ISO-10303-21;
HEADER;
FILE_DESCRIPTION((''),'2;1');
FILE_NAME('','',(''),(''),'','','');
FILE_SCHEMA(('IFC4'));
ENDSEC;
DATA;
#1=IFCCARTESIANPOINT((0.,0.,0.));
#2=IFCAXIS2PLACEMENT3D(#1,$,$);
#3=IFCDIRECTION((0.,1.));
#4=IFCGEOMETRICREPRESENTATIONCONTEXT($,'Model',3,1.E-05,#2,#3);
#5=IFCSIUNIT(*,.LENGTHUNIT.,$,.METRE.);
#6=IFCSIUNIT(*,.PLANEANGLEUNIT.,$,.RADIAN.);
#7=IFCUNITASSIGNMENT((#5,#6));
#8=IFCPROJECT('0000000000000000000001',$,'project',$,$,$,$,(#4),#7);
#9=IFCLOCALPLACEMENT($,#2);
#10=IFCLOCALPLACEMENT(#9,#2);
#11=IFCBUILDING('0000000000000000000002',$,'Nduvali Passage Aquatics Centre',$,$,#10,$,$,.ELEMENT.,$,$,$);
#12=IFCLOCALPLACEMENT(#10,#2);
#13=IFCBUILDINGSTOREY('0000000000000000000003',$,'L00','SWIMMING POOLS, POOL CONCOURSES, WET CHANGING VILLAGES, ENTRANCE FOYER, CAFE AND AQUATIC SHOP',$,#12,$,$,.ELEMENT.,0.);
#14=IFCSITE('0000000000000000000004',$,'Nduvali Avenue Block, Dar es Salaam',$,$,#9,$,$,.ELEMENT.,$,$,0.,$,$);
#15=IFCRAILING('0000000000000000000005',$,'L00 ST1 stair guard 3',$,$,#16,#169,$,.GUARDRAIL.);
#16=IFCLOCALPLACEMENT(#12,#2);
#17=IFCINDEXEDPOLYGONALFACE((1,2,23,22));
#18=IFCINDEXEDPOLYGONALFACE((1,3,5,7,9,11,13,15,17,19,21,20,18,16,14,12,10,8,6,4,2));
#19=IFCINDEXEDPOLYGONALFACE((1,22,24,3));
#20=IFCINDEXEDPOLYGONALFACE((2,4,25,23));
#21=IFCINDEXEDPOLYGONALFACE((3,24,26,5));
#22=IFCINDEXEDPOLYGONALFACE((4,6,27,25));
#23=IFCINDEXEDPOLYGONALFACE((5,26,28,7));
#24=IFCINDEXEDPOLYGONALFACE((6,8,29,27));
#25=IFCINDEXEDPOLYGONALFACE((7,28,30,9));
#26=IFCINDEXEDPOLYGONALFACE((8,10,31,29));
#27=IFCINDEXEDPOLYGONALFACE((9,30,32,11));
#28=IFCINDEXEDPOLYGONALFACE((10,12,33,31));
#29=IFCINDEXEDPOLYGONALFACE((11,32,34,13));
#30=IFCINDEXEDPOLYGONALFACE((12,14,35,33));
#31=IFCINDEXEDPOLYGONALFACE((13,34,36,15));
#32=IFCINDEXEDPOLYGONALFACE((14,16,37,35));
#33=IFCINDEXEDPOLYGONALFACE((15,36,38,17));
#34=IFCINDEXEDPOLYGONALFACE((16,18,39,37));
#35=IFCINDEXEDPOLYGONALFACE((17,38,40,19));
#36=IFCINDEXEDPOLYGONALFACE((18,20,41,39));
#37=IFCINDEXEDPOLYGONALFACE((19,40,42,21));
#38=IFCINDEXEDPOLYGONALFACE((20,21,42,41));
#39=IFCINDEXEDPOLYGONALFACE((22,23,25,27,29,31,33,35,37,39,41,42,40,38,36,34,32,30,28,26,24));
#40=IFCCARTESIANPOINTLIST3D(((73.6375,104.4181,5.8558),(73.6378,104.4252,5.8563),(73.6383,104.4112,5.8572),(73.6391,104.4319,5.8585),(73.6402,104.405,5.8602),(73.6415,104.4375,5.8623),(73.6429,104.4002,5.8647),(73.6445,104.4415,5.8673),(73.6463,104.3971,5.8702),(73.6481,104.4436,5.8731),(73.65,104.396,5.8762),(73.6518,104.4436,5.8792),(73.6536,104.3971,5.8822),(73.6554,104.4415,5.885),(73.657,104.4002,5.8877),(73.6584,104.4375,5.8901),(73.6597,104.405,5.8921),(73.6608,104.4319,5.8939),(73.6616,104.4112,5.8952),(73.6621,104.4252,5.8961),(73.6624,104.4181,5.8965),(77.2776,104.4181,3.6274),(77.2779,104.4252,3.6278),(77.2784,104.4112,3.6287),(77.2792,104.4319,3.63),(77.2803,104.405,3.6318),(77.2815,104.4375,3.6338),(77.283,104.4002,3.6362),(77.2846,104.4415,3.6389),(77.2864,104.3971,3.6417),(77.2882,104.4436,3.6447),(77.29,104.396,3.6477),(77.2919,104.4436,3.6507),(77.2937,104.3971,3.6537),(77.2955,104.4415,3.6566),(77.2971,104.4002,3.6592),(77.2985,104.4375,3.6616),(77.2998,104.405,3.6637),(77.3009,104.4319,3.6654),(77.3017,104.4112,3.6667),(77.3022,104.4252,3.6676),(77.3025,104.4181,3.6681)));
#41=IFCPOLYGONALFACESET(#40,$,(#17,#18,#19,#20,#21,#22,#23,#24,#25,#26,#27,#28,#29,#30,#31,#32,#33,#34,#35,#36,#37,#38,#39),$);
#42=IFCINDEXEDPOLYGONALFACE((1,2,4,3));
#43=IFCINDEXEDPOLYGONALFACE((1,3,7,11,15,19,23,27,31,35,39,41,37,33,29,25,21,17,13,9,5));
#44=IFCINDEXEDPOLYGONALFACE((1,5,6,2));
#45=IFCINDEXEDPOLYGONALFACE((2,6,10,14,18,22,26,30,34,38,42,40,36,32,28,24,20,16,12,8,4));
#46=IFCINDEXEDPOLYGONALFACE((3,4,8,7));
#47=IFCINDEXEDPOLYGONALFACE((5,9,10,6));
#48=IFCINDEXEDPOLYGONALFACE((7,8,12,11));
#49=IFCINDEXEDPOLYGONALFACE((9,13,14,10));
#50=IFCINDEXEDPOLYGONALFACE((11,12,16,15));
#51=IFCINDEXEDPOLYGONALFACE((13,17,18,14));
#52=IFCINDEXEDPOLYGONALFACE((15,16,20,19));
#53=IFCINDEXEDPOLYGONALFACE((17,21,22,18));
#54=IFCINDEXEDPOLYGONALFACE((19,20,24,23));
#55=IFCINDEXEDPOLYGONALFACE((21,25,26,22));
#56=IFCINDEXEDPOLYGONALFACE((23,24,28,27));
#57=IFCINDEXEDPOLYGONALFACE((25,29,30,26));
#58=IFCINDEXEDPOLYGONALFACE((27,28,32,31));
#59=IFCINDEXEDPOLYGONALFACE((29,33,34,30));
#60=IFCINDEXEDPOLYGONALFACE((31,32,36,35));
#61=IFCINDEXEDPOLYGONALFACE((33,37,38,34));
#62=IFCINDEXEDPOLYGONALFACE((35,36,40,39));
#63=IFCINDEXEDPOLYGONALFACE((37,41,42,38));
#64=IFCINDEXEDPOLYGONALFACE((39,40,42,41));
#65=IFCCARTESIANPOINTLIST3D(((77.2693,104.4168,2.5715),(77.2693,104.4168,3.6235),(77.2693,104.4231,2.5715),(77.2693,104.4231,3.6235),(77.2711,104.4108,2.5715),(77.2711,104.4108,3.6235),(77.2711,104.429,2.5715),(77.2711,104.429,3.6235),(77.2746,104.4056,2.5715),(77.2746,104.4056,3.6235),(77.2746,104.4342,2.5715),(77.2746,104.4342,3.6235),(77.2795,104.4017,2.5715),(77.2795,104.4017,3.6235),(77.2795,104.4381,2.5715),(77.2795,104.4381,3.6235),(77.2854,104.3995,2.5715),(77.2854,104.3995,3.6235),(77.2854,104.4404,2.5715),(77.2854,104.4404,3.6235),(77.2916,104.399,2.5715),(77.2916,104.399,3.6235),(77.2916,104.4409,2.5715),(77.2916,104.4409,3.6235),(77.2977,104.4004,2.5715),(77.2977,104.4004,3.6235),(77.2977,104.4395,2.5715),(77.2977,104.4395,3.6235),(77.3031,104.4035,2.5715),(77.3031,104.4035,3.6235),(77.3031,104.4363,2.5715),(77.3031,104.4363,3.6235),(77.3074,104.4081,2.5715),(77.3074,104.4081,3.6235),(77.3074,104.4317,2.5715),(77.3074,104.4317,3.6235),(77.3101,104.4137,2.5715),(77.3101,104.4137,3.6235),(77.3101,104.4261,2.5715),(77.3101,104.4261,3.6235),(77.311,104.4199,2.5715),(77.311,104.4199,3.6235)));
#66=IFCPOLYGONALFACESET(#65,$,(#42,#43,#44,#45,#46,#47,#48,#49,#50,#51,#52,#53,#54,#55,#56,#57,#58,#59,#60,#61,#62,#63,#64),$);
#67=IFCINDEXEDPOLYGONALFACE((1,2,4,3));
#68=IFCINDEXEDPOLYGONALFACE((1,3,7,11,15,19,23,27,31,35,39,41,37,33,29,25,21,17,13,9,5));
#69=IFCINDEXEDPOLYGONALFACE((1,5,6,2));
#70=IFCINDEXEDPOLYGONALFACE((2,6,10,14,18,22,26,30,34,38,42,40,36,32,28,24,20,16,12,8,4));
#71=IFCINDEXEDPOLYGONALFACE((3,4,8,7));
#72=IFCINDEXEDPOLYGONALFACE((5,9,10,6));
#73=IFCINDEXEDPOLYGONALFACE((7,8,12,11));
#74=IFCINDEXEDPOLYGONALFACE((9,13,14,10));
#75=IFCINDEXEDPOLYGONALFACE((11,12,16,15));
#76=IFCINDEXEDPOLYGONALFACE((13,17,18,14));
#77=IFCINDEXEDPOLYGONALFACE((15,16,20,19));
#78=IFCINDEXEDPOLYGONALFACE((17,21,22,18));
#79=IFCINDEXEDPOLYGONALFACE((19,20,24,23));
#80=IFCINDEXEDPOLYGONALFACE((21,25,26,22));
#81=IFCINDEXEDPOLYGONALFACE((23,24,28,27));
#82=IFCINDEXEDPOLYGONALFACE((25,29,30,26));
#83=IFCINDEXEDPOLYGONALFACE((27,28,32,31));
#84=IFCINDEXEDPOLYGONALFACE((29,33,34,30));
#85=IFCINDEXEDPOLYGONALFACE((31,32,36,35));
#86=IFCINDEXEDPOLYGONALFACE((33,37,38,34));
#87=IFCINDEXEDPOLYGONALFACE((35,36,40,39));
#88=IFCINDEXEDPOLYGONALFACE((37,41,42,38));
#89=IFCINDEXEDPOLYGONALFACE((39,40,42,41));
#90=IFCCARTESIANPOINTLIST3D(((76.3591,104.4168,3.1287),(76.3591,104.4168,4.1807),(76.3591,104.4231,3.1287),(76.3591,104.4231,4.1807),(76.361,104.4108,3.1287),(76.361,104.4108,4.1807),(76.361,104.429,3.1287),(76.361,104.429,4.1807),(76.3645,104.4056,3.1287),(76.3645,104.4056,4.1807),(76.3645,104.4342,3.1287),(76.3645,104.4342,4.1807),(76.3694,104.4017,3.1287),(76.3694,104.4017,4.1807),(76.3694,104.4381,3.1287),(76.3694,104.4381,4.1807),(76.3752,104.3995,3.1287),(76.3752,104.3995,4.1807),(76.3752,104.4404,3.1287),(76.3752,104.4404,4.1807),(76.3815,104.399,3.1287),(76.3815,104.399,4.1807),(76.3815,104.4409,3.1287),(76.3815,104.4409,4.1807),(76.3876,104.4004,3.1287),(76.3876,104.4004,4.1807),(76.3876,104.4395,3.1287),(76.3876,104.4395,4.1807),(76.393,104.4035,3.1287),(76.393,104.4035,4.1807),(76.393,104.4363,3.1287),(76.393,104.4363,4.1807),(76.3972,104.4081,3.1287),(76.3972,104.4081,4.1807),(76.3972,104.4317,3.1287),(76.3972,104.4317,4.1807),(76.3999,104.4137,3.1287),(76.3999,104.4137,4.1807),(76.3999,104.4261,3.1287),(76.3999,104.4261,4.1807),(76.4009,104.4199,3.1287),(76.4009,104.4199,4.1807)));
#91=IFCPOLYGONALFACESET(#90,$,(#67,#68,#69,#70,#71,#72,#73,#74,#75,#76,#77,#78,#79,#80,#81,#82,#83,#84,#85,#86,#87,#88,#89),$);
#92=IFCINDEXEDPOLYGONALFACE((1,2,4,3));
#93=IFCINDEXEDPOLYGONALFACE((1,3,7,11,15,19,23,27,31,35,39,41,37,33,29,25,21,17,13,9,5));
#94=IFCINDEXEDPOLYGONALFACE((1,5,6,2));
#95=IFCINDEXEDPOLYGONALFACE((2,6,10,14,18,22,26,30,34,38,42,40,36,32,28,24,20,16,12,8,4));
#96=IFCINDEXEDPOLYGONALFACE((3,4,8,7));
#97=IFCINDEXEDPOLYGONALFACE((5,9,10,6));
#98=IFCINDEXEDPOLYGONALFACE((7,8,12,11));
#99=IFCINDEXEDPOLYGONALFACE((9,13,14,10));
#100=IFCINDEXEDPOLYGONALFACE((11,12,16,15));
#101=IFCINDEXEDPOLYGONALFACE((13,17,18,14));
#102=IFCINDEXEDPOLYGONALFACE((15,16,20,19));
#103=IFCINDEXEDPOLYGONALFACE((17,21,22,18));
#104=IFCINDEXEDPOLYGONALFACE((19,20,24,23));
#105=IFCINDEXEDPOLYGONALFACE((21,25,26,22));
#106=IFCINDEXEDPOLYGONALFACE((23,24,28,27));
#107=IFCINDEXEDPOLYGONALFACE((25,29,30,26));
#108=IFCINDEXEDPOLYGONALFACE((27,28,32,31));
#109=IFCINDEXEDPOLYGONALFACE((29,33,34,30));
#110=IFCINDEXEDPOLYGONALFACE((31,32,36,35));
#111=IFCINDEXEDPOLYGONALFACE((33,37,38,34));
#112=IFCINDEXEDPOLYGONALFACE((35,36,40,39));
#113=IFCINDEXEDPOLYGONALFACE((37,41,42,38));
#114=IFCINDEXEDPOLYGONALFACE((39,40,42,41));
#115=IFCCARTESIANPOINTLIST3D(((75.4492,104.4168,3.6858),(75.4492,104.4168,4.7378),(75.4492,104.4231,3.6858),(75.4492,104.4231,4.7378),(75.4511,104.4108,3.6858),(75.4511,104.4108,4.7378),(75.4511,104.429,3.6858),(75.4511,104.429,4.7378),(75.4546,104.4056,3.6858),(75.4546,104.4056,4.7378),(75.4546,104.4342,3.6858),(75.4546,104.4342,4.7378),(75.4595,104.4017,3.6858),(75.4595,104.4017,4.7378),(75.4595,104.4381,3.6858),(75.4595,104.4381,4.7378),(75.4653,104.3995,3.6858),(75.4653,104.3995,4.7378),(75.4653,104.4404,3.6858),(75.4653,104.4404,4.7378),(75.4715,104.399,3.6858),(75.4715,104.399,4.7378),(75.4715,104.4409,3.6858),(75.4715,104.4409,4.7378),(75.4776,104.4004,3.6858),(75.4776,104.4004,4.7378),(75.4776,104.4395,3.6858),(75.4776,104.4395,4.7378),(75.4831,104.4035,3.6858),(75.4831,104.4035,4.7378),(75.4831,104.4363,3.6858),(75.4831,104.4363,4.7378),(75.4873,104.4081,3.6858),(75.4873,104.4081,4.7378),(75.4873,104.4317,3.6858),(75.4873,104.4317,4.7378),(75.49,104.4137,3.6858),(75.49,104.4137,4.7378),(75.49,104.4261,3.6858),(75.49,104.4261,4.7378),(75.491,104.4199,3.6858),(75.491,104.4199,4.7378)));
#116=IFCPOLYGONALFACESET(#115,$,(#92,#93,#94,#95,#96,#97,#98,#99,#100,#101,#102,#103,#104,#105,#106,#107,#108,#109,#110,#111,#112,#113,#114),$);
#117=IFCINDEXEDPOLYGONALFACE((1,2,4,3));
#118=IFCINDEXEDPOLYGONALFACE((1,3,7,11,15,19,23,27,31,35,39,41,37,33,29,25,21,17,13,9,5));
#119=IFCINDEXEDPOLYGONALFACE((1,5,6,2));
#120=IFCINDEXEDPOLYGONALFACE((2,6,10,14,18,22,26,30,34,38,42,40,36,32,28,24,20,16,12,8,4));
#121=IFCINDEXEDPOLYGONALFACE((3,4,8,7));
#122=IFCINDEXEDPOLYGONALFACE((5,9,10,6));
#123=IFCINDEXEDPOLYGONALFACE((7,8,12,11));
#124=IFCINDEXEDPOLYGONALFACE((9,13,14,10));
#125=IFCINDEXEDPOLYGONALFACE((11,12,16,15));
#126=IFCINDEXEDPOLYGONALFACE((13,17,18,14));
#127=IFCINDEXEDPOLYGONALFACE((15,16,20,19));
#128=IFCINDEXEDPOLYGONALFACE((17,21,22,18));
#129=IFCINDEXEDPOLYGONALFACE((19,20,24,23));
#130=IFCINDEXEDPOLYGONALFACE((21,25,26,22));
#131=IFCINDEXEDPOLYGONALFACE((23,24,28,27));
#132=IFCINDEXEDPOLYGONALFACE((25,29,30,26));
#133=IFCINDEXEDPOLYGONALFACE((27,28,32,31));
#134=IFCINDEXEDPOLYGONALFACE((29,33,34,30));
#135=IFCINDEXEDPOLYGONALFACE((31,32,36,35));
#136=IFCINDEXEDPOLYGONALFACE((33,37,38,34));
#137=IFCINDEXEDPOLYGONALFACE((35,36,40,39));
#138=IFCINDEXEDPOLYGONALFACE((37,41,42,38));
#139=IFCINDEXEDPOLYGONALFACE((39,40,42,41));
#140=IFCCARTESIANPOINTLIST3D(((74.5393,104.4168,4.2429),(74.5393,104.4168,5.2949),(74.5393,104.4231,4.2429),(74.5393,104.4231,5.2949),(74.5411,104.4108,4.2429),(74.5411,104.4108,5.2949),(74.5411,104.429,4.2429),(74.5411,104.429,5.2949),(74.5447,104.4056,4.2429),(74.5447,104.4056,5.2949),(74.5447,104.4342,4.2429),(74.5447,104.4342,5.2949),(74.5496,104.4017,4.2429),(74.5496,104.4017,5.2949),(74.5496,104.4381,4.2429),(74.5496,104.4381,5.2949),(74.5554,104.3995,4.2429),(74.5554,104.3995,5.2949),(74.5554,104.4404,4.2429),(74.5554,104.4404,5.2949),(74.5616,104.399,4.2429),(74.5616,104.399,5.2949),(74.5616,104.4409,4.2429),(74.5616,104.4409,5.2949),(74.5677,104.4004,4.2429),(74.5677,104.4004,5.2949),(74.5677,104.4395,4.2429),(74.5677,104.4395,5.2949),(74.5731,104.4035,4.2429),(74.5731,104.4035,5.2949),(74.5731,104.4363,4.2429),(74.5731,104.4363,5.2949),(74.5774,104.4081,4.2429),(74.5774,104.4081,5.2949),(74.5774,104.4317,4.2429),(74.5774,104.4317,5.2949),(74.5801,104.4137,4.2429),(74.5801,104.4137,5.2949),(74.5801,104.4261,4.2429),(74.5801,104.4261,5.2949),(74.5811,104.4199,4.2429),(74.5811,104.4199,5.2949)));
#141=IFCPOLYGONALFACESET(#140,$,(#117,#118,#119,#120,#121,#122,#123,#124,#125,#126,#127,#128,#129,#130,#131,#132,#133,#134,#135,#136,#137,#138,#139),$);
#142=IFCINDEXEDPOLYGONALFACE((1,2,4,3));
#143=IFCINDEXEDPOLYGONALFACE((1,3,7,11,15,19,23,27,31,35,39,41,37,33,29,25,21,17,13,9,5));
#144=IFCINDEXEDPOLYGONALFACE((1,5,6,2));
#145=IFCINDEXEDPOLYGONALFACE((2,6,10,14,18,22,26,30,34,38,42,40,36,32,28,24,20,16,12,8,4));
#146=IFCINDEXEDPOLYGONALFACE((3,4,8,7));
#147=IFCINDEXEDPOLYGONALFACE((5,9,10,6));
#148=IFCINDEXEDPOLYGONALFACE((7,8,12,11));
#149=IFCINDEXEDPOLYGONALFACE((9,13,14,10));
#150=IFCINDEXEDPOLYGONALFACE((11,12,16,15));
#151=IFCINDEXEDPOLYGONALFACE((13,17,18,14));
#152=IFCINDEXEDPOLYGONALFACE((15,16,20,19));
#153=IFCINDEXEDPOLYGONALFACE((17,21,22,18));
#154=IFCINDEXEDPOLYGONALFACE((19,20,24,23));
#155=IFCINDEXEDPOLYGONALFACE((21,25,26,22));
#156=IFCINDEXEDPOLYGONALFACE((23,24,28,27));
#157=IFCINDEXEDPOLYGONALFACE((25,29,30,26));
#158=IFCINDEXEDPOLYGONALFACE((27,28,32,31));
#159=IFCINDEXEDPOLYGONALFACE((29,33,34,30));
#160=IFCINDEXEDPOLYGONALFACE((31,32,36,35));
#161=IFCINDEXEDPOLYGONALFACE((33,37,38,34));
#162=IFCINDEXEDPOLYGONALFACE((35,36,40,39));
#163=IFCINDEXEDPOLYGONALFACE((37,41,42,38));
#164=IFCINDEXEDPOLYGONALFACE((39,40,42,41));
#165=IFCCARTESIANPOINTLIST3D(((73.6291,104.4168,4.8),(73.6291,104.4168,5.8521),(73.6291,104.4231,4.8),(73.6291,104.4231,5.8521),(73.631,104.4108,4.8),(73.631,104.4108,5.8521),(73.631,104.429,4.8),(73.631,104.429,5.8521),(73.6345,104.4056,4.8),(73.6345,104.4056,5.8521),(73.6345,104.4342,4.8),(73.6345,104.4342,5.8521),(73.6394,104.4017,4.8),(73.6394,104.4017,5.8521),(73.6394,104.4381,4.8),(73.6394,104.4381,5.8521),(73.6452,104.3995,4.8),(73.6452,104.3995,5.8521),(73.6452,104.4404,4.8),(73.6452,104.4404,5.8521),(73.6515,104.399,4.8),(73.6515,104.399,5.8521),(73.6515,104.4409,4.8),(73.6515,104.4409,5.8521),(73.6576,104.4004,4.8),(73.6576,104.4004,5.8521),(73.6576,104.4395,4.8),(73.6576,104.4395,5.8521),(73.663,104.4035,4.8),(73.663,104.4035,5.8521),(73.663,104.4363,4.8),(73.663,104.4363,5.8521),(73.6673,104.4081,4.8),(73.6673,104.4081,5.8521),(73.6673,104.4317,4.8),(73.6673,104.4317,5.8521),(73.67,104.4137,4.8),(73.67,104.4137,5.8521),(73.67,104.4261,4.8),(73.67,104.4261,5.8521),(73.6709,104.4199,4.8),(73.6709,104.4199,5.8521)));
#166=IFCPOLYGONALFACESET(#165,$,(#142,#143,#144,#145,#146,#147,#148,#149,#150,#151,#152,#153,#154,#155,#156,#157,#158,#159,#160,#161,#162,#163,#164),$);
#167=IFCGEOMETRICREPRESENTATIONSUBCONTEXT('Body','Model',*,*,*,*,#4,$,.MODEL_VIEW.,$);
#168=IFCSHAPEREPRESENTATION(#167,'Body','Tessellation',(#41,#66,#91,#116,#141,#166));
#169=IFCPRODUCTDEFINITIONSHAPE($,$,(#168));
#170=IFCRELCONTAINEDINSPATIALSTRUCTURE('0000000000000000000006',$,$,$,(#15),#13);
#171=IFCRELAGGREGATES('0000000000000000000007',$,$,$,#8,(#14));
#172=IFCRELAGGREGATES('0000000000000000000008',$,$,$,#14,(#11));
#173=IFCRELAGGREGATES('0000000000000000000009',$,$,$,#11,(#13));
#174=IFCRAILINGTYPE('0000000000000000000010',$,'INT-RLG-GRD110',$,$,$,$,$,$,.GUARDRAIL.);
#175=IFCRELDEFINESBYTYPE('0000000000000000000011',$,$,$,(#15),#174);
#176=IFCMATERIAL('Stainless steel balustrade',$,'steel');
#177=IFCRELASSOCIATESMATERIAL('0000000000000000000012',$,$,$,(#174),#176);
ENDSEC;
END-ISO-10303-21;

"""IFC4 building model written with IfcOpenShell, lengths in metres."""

from ifc_helpers import new_model, si_unit, direction, frame, origin, origin_2d, place, context, subcontext, project, spatial, circle, extrude, material, type_object, element, save


model = new_model("IFC4")

# Units and contexts
model_context = context("Model", 3, precision=1e-05, world=origin(), true_north=direction((0.0, 1.0)))
body_context = subcontext(model_context, "Body", "Model", "MODEL_VIEW")
ifc_project = project(units=[si_unit("LENGTHUNIT", "METRE"), si_unit("PLANEANGLEUNIT", "RADIAN")], contexts=[model_context])

# Site, building, storey
site_placement = place(None, origin())
site = spatial("IfcSite", under=ifc_project, at=site_placement, Name="Nduvali Avenue Block, Dar es Salaam", CompositionType="ELEMENT", RefElevation=0.0)
building_placement = place(site_placement, origin())
building = spatial("IfcBuilding", under=site, at=building_placement, Name="Nduvali Passage Aquatics Centre", CompositionType="ELEMENT")
storey_placement = place(building_placement, origin())
storey = spatial("IfcBuildingStorey", under=building, at=storey_placement, Name="L00", Description="SWIMMING POOLS, POOL CONCOURSES, WET CHANGING VILLAGES, ENTRANCE FOYER, CAFE AND AQUATIC SHOP", CompositionType="ELEMENT", Elevation=0.0)

# Railing
ifc_material_1 = material(Name="Stainless steel balustrade", Category="steel")
railing_type_1 = type_object("IfcRailingType", Name="INT-RLG-GRD110", PredefinedType="GUARDRAIL", material=ifc_material_1)
railing_1_placement = place(storey_placement, frame((77.29, 104.4199, 2.5715)))
element("IfcRailing", 1, at=railing_1_placement, inside=storey, type_object=railing_type_1, Name="L00 ST1 stair guard 3", PredefinedType="GUARDRAIL", context=body_context, shape_type="SweptSolid", body=[
    extrude(circle(Radius=0.0239, at=origin_2d()), frame((0.0, 0.0, 1.0762), z_axis=(-0.852866, 0.0, 0.52213), x_axis=(0.0, -1.0, 0.0)), (0.0, 0.0, 1.0), 4.2681),
    extrude(circle(Radius=0.021, at=origin_2d()), origin(), (0.0, 0.0, 1.0), 1.052),
    extrude(circle(Radius=0.021, at=origin_2d()), frame((-0.9102, 0.0, 0.5571)), (0.0, 0.0, 1.0), 1.052),
    extrude(circle(Radius=0.021, at=origin_2d()), frame((-1.8201, 0.0, 1.1143)), (0.0, 0.0, 1.0), 1.052),
    extrude(circle(Radius=0.021, at=origin_2d()), frame((-2.73, 0.0, 1.6714)), (0.0, 0.0, 1.0), 1.052),
    extrude(circle(Radius=0.021, at=origin_2d()), frame((-3.6401, 0.0, 2.2285)), (0.0, 0.0, 1.0), 1.052),
])

save(model, "model.ifc")
